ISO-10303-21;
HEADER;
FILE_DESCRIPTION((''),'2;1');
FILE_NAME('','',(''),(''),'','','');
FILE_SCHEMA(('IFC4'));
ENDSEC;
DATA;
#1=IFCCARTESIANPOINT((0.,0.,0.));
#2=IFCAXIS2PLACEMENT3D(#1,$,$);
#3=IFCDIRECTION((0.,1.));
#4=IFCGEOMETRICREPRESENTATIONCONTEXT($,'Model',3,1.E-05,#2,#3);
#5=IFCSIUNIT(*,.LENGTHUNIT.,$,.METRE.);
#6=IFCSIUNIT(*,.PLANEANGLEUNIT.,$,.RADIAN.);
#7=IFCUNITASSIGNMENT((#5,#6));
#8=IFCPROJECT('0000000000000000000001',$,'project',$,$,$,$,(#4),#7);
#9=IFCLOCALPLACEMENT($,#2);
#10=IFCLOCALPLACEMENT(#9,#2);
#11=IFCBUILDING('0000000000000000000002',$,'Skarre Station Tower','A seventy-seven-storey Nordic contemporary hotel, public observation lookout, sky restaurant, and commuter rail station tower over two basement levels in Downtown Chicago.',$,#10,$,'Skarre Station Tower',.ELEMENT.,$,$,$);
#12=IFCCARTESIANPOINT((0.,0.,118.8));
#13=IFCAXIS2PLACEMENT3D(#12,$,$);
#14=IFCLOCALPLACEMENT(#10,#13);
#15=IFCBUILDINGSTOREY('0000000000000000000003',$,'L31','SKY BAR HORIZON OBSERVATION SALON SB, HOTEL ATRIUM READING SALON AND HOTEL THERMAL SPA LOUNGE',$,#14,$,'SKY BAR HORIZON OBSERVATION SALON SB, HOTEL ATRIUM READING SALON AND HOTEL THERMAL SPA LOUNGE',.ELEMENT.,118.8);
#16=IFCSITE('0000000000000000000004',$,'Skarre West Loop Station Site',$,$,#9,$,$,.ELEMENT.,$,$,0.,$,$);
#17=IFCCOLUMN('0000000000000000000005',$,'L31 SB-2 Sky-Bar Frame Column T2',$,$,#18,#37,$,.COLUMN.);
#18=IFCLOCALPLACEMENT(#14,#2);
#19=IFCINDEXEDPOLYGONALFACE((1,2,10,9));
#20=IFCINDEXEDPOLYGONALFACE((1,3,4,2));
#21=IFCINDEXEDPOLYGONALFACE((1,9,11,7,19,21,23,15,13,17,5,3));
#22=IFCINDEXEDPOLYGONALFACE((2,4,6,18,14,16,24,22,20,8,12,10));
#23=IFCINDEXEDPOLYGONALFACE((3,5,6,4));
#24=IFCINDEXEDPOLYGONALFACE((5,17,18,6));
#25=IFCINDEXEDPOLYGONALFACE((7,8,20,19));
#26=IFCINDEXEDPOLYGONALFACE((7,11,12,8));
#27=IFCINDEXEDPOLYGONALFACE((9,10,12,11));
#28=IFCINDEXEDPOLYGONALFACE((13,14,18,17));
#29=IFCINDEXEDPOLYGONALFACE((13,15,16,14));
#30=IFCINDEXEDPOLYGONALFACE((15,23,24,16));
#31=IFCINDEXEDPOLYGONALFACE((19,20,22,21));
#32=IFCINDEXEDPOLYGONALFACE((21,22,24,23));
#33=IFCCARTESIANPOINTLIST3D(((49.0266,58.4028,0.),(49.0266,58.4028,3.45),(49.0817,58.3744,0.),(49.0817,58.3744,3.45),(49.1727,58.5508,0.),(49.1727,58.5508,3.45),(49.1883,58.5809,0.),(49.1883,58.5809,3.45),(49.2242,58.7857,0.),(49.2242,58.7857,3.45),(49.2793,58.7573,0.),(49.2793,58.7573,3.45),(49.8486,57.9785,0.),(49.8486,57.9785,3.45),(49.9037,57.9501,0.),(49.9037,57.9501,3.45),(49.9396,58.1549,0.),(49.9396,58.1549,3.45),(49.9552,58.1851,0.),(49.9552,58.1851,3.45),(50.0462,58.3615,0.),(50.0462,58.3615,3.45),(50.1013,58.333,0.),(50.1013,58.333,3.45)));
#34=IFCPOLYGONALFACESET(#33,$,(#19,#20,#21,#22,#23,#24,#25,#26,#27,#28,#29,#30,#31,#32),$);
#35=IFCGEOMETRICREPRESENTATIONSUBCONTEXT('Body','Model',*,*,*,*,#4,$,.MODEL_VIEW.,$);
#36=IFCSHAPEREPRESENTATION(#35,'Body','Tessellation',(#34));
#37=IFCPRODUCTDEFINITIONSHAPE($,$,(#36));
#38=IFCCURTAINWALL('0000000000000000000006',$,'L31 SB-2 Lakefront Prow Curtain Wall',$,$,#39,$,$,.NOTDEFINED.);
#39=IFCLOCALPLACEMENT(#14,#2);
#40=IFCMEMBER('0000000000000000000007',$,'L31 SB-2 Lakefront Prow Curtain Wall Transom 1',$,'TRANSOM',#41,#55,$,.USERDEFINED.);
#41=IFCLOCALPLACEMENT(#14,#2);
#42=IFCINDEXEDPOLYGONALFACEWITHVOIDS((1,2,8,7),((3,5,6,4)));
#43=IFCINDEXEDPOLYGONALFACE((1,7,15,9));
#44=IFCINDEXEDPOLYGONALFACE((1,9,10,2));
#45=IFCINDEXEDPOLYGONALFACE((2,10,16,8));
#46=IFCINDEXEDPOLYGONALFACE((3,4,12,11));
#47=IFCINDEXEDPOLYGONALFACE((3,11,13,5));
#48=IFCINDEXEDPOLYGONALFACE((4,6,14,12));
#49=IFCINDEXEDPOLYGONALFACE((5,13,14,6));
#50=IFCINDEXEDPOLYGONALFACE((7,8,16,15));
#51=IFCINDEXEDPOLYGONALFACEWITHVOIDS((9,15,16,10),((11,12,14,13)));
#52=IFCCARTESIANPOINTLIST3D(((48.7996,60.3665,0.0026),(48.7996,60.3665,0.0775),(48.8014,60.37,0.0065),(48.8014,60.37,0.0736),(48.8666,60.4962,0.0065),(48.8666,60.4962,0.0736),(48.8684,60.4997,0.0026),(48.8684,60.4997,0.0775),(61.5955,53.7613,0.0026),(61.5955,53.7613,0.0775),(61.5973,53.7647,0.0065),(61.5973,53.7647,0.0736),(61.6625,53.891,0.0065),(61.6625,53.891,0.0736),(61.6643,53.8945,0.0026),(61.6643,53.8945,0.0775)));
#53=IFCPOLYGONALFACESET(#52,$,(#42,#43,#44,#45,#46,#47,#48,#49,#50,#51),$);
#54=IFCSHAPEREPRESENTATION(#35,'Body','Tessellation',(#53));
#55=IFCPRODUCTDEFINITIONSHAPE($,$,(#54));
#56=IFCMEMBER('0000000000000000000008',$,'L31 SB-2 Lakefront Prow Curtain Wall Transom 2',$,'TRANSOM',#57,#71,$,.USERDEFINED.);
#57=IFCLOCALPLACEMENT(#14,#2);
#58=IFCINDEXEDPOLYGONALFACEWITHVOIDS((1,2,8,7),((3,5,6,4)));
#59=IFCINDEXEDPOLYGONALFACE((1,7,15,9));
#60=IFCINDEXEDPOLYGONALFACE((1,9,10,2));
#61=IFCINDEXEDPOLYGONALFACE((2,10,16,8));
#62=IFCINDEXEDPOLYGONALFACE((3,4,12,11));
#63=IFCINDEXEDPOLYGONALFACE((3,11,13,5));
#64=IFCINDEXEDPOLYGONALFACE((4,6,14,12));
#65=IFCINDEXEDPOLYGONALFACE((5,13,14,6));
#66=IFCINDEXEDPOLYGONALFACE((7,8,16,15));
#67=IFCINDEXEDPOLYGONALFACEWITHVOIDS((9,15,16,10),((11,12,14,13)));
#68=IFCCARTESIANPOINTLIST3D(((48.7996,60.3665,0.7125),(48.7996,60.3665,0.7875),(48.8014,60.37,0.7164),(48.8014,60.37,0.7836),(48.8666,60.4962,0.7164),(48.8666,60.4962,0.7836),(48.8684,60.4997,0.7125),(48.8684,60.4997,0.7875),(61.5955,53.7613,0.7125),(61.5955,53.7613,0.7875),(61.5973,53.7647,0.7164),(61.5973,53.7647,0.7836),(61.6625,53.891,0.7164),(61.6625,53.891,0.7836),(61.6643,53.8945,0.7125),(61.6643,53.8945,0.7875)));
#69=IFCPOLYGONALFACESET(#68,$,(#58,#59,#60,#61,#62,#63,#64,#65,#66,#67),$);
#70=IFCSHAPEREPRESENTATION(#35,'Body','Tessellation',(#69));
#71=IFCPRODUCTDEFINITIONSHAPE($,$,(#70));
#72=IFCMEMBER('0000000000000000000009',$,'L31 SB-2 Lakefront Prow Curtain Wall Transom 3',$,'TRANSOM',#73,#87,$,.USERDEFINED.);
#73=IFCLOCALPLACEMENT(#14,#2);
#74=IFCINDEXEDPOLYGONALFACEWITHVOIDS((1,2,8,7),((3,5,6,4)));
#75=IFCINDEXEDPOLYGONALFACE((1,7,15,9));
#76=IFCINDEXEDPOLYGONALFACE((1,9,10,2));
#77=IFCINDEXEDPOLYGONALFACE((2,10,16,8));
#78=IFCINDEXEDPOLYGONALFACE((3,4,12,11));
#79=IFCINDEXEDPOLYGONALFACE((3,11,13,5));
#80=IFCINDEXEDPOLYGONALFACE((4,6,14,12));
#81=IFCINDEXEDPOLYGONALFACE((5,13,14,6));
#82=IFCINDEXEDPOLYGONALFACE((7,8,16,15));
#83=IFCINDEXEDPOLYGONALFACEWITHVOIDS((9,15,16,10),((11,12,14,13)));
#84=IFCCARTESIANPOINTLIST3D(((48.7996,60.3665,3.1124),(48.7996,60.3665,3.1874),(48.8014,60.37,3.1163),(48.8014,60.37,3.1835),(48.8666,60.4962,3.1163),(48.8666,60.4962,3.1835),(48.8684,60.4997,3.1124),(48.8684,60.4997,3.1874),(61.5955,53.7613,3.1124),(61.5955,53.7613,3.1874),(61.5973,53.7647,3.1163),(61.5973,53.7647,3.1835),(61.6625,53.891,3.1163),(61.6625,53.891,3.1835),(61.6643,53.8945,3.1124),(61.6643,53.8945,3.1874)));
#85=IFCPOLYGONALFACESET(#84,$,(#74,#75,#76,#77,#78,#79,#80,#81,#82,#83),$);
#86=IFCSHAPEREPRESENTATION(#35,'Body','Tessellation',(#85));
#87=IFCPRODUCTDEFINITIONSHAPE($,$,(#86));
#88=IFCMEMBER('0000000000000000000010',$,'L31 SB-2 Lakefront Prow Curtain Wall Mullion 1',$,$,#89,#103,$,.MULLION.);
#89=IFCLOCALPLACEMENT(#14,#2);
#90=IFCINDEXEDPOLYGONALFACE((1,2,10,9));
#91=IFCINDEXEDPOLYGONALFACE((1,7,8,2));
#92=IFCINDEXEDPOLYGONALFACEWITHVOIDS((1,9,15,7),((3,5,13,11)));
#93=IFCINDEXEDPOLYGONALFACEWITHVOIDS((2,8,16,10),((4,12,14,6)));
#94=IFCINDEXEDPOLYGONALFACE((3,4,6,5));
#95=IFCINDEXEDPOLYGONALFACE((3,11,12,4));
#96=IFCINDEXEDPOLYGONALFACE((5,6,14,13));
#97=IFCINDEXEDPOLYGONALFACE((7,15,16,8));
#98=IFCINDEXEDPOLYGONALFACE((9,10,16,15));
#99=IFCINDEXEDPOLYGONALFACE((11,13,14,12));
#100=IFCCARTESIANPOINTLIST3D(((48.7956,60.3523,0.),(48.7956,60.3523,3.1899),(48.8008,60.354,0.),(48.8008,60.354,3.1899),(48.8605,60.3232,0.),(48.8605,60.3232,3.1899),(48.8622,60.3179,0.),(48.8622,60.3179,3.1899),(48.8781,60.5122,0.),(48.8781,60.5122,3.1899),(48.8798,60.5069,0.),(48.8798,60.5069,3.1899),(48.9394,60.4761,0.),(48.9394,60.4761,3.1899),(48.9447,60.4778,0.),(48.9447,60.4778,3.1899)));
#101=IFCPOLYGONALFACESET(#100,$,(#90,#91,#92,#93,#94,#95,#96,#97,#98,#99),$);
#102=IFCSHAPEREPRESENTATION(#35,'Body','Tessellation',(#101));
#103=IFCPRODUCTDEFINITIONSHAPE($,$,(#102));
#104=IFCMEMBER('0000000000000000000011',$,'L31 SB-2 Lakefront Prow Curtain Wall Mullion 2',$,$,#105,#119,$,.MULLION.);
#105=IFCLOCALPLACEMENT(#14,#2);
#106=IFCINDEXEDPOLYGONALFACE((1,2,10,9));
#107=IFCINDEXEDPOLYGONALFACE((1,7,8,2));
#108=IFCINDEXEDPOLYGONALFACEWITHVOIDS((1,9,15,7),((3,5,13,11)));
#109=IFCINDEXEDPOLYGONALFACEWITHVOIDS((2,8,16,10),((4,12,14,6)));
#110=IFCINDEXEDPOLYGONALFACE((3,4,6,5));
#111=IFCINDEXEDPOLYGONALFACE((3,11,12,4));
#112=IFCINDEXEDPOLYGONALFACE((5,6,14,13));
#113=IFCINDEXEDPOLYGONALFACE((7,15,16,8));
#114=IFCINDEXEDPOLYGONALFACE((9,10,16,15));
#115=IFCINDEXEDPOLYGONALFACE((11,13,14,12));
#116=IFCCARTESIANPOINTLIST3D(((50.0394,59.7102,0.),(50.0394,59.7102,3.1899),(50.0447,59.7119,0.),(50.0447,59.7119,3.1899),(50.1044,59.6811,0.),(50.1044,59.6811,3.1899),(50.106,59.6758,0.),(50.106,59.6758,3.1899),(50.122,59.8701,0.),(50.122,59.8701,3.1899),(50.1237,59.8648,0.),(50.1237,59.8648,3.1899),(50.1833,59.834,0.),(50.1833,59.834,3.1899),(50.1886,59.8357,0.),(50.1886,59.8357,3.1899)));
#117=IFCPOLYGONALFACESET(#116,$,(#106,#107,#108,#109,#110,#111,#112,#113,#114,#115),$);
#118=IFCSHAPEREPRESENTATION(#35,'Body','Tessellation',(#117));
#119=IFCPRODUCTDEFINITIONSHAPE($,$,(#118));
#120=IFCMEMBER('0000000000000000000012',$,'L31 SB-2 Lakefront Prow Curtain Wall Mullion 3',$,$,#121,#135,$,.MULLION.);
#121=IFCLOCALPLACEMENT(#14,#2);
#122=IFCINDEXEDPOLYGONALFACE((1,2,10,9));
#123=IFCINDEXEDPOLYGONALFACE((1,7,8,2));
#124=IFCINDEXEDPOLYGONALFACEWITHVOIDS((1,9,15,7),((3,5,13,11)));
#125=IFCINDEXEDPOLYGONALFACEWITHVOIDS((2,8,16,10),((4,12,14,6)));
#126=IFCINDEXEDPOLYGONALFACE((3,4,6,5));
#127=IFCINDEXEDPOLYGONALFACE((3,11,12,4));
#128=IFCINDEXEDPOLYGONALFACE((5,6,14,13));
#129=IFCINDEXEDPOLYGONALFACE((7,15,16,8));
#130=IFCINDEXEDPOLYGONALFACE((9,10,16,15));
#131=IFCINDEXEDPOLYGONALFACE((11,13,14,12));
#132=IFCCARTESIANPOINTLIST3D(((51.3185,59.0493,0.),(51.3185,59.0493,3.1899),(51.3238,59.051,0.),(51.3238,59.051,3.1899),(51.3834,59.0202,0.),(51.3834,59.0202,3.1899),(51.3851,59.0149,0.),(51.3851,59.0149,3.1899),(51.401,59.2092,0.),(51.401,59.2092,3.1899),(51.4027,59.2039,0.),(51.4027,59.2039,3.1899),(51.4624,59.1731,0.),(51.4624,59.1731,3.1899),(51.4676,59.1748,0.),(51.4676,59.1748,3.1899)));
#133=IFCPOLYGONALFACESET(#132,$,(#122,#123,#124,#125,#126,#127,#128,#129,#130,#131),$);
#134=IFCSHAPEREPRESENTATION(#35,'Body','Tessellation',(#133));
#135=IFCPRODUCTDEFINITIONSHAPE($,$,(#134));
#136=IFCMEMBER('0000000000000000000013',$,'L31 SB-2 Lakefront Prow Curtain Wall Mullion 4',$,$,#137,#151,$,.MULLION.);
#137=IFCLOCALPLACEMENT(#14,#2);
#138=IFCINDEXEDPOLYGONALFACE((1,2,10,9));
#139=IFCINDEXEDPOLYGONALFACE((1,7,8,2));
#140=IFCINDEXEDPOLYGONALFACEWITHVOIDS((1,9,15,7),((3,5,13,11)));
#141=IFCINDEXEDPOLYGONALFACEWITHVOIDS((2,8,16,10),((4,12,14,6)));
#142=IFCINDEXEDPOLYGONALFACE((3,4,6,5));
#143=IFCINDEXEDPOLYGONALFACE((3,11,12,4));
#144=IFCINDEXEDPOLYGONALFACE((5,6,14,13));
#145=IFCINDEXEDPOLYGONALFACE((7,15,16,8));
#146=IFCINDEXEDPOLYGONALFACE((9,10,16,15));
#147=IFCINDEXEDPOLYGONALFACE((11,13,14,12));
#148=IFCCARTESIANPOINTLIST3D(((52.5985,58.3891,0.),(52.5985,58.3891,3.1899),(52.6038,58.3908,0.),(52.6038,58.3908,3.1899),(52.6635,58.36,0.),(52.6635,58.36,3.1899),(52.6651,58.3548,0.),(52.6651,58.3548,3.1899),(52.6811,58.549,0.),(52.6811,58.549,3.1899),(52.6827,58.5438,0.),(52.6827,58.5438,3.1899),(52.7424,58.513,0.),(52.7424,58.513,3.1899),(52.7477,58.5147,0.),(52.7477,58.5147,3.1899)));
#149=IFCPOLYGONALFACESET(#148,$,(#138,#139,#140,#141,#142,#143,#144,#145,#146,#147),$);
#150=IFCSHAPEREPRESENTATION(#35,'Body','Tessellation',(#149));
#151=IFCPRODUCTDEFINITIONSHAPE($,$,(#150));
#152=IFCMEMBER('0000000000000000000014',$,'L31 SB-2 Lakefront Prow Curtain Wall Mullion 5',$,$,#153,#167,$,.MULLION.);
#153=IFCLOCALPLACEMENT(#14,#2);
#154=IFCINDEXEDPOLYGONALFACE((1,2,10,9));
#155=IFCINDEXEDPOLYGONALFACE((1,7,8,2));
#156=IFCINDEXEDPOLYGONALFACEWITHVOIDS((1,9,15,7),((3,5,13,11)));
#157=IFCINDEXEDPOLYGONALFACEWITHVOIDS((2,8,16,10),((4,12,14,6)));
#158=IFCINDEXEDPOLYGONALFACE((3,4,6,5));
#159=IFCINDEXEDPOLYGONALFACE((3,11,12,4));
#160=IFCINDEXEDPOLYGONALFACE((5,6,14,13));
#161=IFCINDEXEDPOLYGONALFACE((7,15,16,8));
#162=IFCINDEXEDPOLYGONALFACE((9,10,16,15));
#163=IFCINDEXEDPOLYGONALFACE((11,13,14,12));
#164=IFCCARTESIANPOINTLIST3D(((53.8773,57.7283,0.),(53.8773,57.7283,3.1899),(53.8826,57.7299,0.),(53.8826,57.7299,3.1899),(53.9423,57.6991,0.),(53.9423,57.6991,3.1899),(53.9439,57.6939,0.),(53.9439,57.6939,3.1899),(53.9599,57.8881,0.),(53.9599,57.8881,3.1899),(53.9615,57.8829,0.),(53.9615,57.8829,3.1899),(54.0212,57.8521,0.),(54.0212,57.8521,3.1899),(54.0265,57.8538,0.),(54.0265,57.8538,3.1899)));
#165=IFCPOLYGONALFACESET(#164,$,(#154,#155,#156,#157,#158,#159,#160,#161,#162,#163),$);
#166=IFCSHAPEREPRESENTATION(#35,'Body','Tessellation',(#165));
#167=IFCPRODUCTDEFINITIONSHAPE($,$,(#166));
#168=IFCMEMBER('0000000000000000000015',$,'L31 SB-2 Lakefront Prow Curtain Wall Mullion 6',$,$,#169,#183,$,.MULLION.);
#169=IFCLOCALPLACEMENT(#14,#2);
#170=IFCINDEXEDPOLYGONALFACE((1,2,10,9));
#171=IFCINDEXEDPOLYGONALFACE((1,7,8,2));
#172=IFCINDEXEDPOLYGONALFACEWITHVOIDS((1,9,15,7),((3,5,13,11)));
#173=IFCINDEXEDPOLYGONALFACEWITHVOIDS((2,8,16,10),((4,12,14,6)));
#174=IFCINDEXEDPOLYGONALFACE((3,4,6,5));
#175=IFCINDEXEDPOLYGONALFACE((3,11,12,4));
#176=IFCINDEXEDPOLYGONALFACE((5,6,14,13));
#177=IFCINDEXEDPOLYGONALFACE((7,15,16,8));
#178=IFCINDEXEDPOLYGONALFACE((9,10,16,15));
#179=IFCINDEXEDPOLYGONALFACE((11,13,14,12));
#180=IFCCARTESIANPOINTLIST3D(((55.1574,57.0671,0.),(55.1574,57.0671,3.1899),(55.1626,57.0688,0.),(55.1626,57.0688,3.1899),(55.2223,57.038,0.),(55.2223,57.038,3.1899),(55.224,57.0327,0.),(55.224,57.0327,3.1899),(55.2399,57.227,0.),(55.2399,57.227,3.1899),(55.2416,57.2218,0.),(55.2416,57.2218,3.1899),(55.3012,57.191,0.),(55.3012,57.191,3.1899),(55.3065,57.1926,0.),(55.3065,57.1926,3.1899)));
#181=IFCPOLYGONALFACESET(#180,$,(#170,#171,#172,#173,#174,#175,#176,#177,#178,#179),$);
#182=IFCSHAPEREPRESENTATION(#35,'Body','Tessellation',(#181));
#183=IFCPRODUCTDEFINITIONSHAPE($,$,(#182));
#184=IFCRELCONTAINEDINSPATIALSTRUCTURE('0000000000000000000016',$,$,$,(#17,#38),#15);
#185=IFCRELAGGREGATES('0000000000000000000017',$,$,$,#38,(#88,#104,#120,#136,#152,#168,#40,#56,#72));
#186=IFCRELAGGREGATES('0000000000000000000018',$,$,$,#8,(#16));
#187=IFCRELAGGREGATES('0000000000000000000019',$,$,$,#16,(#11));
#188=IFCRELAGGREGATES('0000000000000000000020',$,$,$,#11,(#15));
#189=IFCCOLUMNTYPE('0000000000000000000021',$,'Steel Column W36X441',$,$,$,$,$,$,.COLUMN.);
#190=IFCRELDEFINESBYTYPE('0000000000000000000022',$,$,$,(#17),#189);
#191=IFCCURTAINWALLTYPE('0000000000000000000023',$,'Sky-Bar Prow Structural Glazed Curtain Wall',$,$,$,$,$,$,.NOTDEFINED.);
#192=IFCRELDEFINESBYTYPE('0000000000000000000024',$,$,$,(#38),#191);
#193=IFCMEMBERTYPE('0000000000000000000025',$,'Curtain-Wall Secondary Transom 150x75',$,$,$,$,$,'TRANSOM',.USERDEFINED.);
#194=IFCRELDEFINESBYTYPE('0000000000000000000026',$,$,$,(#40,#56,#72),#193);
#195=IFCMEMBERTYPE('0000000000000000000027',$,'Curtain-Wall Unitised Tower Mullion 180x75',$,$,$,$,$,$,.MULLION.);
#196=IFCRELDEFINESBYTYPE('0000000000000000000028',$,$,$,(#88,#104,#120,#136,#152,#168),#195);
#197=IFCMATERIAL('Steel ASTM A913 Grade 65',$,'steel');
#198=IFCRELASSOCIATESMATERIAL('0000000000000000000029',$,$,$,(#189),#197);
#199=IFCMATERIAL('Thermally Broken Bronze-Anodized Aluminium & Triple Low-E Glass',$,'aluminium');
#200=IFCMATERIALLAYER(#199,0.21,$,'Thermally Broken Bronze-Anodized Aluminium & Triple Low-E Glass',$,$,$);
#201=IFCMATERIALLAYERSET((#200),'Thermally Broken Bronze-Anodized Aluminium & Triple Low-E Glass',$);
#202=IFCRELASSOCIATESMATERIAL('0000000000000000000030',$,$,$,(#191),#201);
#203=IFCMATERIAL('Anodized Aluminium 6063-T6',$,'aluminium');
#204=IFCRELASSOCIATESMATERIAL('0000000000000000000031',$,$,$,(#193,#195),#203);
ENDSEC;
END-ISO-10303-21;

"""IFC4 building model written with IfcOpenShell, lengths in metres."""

from ifc_helpers import new_model, si_unit, direction, frame, origin, origin_2d, place, context, subcontext, project, spatial, hollow_rectangle, i_section, extrude, material, layer, layer_set, material_profile, profile_set, type_object, element, aggregate, save


model = new_model("IFC4")

# Units and contexts
model_context = context("Model", 3, precision=1e-05, world=origin(), true_north=direction((0.0, 1.0)))
body_context = subcontext(model_context, "Body", "Model", "MODEL_VIEW")
ifc_project = project(units=[si_unit("LENGTHUNIT", "METRE"), si_unit("PLANEANGLEUNIT", "RADIAN")], contexts=[model_context])

# Site, building, storey
site_placement = place(None, origin())
site = spatial("IfcSite", under=ifc_project, at=site_placement, Name="Skarre West Loop Station Site", CompositionType="ELEMENT", RefElevation=0.0)
building_placement = place(site_placement, origin())
building = spatial("IfcBuilding", under=site, at=building_placement, Name="Skarre Station Tower", Description="A seventy-seven-storey Nordic contemporary hotel, public observation lookout, sky restaurant, and commuter rail station tower over two basement levels in Downtown Chicago.", LongName="Skarre Station Tower", CompositionType="ELEMENT")
storey_placement = place(building_placement, frame((0.0, 0.0, 118.8)))
storey = spatial("IfcBuildingStorey", under=building, at=storey_placement, Name="L31", Description="SKY BAR HORIZON OBSERVATION SALON SB, HOTEL ATRIUM READING SALON AND HOTEL THERMAL SPA LOUNGE", LongName="SKY BAR HORIZON OBSERVATION SALON SB, HOTEL ATRIUM READING SALON AND HOTEL THERMAL SPA LOUNGE", CompositionType="ELEMENT", Elevation=118.8)

# Column
ifc_material_1 = material(Name="Steel ASTM A913 Grade 65", Category="steel")
ifc_material_profile_1 = material_profile(ifc_material_1, i_section(OverallWidth=0.4309, OverallDepth=0.9871, WebThickness=0.0339, FlangeThickness=0.062, at=origin_2d()), Name="Steel ASTM A913 Grade 65")
ifc_profile_set_1 = profile_set([ifc_material_profile_1], Name="Steel ASTM A913 Grade 65")
column_type = type_object("IfcColumnType", Name="Steel Column W36X441", PredefinedType="COLUMN", material=ifc_profile_set_1)
column_placement = place(storey_placement, frame((49.564, 58.3679, 0.0), z_axis=(0.0, 0.0, 1.0), x_axis=(0.45865, 0.888617, 0.0)))
element("IfcColumn", 1, at=column_placement, inside=storey, type_object=column_type, Name="L31 SB-2 Sky-Bar Frame Column T2", PredefinedType="COLUMN", context=body_context, shape_type="SweptSolid", body=[
    extrude(i_section(OverallWidth=0.4309, OverallDepth=0.9871, WebThickness=0.0339, FlangeThickness=0.062, at=origin_2d()), origin(), (0.0, 0.0, 1.0), 3.45),
])

# Curtain wall, members
ifc_material_2 = material(Name="Thermally Broken Bronze-Anodized Aluminium & Triple Low-E Glass", Category="aluminium")
ifc_layer_1 = layer(ifc_material_2, 0.21, Name="Thermally Broken Bronze-Anodized Aluminium & Triple Low-E Glass")
ifc_layer_set_1 = layer_set([ifc_layer_1], Name="Thermally Broken Bronze-Anodized Aluminium & Triple Low-E Glass")
curtain_wall_type = type_object("IfcCurtainWallType", Name="Sky-Bar Prow Structural Glazed Curtain Wall", PredefinedType="NOTDEFINED", material=ifc_layer_set_1)
curtain_wall_placement = place(storey_placement, origin())
curtain_wall = element("IfcCurtainWall", 2, at=curtain_wall_placement, inside=storey, type_object=curtain_wall_type, Name="L31 SB-2 Lakefront Prow Curtain Wall", PredefinedType="NOTDEFINED")
ifc_material_3 = material(Name="Anodized Aluminium 6063-T6", Category="aluminium")
ifc_material_profile_2 = material_profile(ifc_material_3, hollow_rectangle(XDim=0.075, YDim=0.1499, WallThickness=0.0039, at=origin_2d()), Name="Anodized Aluminium 6063-T6")
ifc_profile_set_2 = profile_set([ifc_material_profile_2], Name="Anodized Aluminium 6063-T6")
member_type_1 = type_object("IfcMemberType", Name="Curtain-Wall Secondary Transom 150x75", ElementType="TRANSOM", PredefinedType="USERDEFINED", material=ifc_profile_set_2)
member_1_placement = place(storey_placement, frame((48.834, 60.4331, 0.04), z_axis=(0.888595, -0.458692, 0.0), x_axis=(0.0, 0.0, 1.0)))
member_1 = element("IfcMember", 3, at=member_1_placement, type_object=member_type_1, Name="L31 SB-2 Lakefront Prow Curtain Wall Transom 1", ObjectType="TRANSOM", PredefinedType="USERDEFINED", context=body_context, shape_type="SweptSolid", body=[
    extrude(hollow_rectangle(XDim=0.075, YDim=0.1499, WallThickness=0.0039, at=origin_2d()), origin(), (0.0, 0.0, 1.0), 14.4001),
])
member_2_placement = place(storey_placement, frame((48.834, 60.4331, 0.75), z_axis=(0.888595, -0.458692, 0.0), x_axis=(0.0, 0.0, 1.0)))
member_2 = element("IfcMember", 4, at=member_2_placement, type_object=member_type_1, Name="L31 SB-2 Lakefront Prow Curtain Wall Transom 2", ObjectType="TRANSOM", PredefinedType="USERDEFINED", context=body_context, shape_type="SweptSolid", body=[
    extrude(hollow_rectangle(XDim=0.075, YDim=0.1499, WallThickness=0.0039, at=origin_2d()), origin(), (0.0, 0.0, 1.0), 14.4001),
])
member_3_placement = place(storey_placement, frame((48.834, 60.4331, 3.1499), z_axis=(0.888595, -0.458692, 0.0), x_axis=(0.0, 0.0, 1.0)))
member_3 = element("IfcMember", 5, at=member_3_placement, type_object=member_type_1, Name="L31 SB-2 Lakefront Prow Curtain Wall Transom 3", ObjectType="TRANSOM", PredefinedType="USERDEFINED", context=body_context, shape_type="SweptSolid", body=[
    extrude(hollow_rectangle(XDim=0.075, YDim=0.1499, WallThickness=0.0039, at=origin_2d()), origin(), (0.0, 0.0, 1.0), 14.4001),
])
ifc_material_profile_3 = material_profile(ifc_material_3, hollow_rectangle(XDim=0.075, YDim=0.1799, WallThickness=0.0039, at=origin_2d()), Name="Anodized Aluminium 6063-T6")
ifc_profile_set_3 = profile_set([ifc_material_profile_3], Name="Anodized Aluminium 6063-T6")
member_type_2 = type_object("IfcMemberType", Name="Curtain-Wall Unitised Tower Mullion 180x75", PredefinedType="MULLION", material=ifc_profile_set_3)
member_4_placement = place(storey_placement, frame((48.8701, 60.415, 0.0), z_axis=(0.0, 0.0, 1.0), x_axis=(0.888601, -0.458681, 0.0)))
member_4 = element("IfcMember", 6, at=member_4_placement, type_object=member_type_2, Name="L31 SB-2 Lakefront Prow Curtain Wall Mullion 1", PredefinedType="MULLION", context=body_context, shape_type="SweptSolid", body=[
    extrude(hollow_rectangle(XDim=0.075, YDim=0.1799, WallThickness=0.0039, at=origin_2d()), origin(), (0.0, 0.0, 1.0), 3.1899),
])
member_5_placement = place(storey_placement, frame((50.114, 59.7729, 0.0), z_axis=(0.0, 0.0, 1.0), x_axis=(0.888601, -0.458681, 0.0)))
member_5 = element("IfcMember", 7, at=member_5_placement, type_object=member_type_2, Name="L31 SB-2 Lakefront Prow Curtain Wall Mullion 2", PredefinedType="MULLION", context=body_context, shape_type="SweptSolid", body=[
    extrude(hollow_rectangle(XDim=0.075, YDim=0.1799, WallThickness=0.0039, at=origin_2d()), origin(), (0.0, 0.0, 1.0), 3.1899),
])
member_6_placement = place(storey_placement, frame((51.3931, 59.1121, 0.0), z_axis=(0.0, 0.0, 1.0), x_axis=(0.888601, -0.458681, 0.0)))
member_6 = element("IfcMember", 8, at=member_6_placement, type_object=member_type_2, Name="L31 SB-2 Lakefront Prow Curtain Wall Mullion 3", PredefinedType="MULLION", context=body_context, shape_type="SweptSolid", body=[
    extrude(hollow_rectangle(XDim=0.075, YDim=0.1799, WallThickness=0.0039, at=origin_2d()), origin(), (0.0, 0.0, 1.0), 3.1899),
])
member_7_placement = place(storey_placement, frame((52.6731, 58.4519, 0.0), z_axis=(0.0, 0.0, 1.0), x_axis=(0.888601, -0.458681, 0.0)))
member_7 = element("IfcMember", 9, at=member_7_placement, type_object=member_type_2, Name="L31 SB-2 Lakefront Prow Curtain Wall Mullion 4", PredefinedType="MULLION", context=body_context, shape_type="SweptSolid", body=[
    extrude(hollow_rectangle(XDim=0.075, YDim=0.1799, WallThickness=0.0039, at=origin_2d()), origin(), (0.0, 0.0, 1.0), 3.1899),
])
member_8_placement = place(storey_placement, frame((53.9519, 57.791, 0.0), z_axis=(0.0, 0.0, 1.0), x_axis=(0.888601, -0.458681, 0.0)))
member_8 = element("IfcMember", 10, at=member_8_placement, type_object=member_type_2, Name="L31 SB-2 Lakefront Prow Curtain Wall Mullion 5", PredefinedType="MULLION", context=body_context, shape_type="SweptSolid", body=[
    extrude(hollow_rectangle(XDim=0.075, YDim=0.1799, WallThickness=0.0039, at=origin_2d()), origin(), (0.0, 0.0, 1.0), 3.1899),
])
member_9_placement = place(storey_placement, frame((55.2319, 57.1299, 0.0), z_axis=(0.0, 0.0, 1.0), x_axis=(0.888601, -0.458681, 0.0)))
member_9 = element("IfcMember", 11, at=member_9_placement, type_object=member_type_2, Name="L31 SB-2 Lakefront Prow Curtain Wall Mullion 6", PredefinedType="MULLION", context=body_context, shape_type="SweptSolid", body=[
    extrude(hollow_rectangle(XDim=0.075, YDim=0.1799, WallThickness=0.0039, at=origin_2d()), origin(), (0.0, 0.0, 1.0), 3.1899),
])
aggregate(curtain_wall, [member_4, member_5, member_6, member_7, member_8, member_9, member_1, member_2, member_3])

save(model, "model.ifc")
